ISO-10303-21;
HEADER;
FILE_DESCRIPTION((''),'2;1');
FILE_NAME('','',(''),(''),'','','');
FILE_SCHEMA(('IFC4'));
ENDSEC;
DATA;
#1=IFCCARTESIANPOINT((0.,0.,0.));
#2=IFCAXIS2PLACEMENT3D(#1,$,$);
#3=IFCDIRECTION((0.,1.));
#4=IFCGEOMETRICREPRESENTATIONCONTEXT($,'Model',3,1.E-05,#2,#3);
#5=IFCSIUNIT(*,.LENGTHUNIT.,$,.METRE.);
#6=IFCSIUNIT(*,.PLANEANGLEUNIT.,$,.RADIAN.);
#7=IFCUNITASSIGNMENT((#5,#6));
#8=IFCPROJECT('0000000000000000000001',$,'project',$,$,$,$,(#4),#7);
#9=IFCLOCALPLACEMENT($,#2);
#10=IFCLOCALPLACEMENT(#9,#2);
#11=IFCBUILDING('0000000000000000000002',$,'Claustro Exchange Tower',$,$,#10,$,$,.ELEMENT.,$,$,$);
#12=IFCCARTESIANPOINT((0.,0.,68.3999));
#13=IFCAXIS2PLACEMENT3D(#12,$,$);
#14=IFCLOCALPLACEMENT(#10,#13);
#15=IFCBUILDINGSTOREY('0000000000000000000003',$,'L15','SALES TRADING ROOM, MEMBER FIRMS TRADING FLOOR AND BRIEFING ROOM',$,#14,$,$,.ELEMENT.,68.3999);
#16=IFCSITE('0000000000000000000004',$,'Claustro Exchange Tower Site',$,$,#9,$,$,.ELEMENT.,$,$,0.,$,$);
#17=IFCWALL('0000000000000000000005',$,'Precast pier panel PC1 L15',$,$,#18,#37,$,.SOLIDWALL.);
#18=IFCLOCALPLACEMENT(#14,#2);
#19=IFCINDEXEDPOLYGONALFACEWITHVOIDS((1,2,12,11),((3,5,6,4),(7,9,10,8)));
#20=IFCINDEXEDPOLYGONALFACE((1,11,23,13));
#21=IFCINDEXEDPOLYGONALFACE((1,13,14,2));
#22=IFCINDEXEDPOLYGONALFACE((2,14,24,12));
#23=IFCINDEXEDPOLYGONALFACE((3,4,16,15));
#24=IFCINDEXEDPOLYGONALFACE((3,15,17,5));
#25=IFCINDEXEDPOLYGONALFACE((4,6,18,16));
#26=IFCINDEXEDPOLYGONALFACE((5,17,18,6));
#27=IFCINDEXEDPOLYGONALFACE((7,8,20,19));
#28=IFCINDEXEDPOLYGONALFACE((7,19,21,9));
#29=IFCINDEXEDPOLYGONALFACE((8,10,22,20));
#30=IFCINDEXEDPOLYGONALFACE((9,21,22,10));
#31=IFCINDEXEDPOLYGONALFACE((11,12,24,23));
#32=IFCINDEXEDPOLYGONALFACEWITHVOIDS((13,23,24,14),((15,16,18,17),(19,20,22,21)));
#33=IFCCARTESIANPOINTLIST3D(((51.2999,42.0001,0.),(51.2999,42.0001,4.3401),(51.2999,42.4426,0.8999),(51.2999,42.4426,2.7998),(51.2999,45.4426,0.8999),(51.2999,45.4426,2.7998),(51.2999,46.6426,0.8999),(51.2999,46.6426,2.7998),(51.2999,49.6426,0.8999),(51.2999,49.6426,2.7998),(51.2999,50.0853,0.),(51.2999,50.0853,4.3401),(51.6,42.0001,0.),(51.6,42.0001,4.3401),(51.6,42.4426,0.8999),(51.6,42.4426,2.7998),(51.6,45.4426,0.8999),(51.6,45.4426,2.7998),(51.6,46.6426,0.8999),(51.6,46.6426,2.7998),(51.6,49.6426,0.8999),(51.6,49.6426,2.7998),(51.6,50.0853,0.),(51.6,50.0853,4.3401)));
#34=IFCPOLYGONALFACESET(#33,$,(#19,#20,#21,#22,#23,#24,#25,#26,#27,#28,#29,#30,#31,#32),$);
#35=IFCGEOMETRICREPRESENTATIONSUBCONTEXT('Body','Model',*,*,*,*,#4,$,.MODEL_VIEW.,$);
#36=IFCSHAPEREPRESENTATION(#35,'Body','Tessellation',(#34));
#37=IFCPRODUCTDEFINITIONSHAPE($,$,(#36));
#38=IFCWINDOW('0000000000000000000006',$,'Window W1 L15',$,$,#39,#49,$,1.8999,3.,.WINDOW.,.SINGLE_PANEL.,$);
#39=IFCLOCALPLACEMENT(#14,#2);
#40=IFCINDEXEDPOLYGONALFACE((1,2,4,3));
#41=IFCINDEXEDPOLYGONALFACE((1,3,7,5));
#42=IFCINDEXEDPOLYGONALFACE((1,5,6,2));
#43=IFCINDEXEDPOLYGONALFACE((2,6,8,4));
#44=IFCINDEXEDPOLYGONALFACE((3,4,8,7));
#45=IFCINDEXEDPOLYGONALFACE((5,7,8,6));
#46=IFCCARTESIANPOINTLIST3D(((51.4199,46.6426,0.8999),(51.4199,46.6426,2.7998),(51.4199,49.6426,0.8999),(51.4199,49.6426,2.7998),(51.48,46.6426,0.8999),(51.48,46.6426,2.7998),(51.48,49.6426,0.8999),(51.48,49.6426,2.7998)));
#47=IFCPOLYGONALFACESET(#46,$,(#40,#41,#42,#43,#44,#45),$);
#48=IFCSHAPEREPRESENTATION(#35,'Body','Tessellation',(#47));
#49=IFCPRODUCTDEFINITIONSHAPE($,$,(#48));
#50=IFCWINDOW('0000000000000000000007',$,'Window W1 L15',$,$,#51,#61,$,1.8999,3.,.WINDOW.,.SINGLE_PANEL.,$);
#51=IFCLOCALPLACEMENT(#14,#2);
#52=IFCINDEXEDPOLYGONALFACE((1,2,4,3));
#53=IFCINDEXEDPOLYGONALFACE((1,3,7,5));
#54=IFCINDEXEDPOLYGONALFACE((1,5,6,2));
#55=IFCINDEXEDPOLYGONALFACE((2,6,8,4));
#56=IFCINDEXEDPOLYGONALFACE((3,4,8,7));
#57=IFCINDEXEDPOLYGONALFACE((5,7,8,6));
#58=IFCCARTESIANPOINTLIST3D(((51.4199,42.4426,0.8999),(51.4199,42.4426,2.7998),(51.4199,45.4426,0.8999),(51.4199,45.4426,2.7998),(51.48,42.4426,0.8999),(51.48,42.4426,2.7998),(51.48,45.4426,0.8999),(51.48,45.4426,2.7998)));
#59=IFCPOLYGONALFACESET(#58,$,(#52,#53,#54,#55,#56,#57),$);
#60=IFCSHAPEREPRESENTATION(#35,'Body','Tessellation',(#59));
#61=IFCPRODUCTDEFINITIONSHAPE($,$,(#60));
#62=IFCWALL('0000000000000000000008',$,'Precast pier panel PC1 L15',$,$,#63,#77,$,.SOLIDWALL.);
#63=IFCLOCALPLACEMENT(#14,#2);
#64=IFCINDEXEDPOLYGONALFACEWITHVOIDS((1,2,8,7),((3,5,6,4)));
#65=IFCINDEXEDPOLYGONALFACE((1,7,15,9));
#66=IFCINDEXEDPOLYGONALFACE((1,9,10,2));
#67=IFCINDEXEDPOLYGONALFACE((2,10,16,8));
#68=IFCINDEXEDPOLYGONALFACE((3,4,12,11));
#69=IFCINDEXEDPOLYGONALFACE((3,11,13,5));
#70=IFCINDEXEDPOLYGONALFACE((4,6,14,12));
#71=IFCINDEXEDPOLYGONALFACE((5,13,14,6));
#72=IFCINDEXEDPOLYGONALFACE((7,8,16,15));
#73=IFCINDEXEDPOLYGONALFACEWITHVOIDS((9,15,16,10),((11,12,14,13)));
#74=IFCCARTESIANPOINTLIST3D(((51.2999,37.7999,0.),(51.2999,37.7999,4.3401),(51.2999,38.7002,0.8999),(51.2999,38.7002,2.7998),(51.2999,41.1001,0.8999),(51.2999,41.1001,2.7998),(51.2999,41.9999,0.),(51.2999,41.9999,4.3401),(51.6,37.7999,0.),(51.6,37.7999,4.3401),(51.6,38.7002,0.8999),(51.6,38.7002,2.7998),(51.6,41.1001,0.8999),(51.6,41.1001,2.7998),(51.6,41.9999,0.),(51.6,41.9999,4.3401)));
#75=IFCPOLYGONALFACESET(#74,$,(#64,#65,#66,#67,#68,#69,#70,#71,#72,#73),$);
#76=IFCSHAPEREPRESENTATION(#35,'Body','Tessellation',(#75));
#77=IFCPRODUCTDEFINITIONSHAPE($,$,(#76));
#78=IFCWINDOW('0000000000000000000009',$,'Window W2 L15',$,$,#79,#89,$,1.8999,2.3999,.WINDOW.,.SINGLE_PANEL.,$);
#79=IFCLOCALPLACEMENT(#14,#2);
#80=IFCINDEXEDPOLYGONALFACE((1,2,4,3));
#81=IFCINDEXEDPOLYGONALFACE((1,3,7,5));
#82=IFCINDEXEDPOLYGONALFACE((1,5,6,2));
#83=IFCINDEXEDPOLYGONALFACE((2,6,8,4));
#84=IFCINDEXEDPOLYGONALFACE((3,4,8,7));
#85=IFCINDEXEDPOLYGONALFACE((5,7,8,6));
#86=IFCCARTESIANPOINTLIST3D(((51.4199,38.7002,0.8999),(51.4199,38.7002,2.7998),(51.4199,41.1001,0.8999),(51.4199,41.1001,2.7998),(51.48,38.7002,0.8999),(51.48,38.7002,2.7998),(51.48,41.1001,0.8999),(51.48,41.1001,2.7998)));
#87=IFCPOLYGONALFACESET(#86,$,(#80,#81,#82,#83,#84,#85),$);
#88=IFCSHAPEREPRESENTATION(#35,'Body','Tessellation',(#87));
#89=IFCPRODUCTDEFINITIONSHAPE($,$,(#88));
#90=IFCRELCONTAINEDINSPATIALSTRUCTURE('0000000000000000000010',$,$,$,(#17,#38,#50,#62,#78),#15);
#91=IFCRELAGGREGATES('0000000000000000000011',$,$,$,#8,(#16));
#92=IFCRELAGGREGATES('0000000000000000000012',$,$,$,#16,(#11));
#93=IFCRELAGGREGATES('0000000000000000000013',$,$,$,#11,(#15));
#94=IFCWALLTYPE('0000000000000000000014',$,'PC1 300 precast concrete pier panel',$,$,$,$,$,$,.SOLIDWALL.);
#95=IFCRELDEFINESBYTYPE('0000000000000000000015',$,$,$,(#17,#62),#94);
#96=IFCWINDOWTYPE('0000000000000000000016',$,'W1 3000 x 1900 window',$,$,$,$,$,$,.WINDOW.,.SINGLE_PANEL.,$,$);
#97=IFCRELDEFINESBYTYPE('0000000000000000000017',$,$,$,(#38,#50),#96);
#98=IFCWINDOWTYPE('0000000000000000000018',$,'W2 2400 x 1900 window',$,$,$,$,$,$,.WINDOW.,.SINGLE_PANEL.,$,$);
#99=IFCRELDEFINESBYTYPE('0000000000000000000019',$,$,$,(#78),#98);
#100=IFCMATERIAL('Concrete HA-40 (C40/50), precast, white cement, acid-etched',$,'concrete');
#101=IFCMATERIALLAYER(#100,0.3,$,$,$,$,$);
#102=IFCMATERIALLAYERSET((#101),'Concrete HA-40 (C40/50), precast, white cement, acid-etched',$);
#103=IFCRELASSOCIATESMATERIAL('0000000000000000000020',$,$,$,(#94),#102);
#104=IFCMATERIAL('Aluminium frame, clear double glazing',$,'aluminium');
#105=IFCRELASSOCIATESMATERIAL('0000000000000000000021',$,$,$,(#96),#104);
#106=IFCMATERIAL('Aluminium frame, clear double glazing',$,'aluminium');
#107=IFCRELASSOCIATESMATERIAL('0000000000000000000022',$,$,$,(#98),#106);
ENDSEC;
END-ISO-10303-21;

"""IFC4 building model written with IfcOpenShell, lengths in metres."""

from ifc_helpers import new_model, si_unit, direction, frame, frame_2d, origin, place, context, subcontext, project, spatial, rectangle, extrude, material, layer, layer_set, type_object, element, fill, save


model = new_model("IFC4")

# Units and contexts
model_context = context("Model", 3, precision=1e-05, world=origin(), true_north=direction((0.0, 1.0)))
body_context = subcontext(model_context, "Body", "Model", "MODEL_VIEW")
ifc_project = project(units=[si_unit("LENGTHUNIT", "METRE"), si_unit("PLANEANGLEUNIT", "RADIAN")], contexts=[model_context])

# Site, building, storey
site_placement = place(None, origin())
site = spatial("IfcSite", under=ifc_project, at=site_placement, Name="Claustro Exchange Tower Site", CompositionType="ELEMENT", RefElevation=0.0)
building_placement = place(site_placement, origin())
building = spatial("IfcBuilding", under=site, at=building_placement, Name="Claustro Exchange Tower", CompositionType="ELEMENT")
storey_placement = place(building_placement, frame((0.0, 0.0, 68.3999)))
storey = spatial("IfcBuildingStorey", under=building, at=storey_placement, Name="L15", Description="SALES TRADING ROOM, MEMBER FIRMS TRADING FLOOR AND BRIEFING ROOM", CompositionType="ELEMENT", Elevation=68.3999)

# Shared definitions
ifc_material_1 = material(Name="Concrete HA-40 (C40/50), precast, white cement, acid-etched", Category="concrete")
ifc_layer_1 = layer(ifc_material_1, 0.3)
ifc_layer_set_1 = layer_set([ifc_layer_1], Name="Concrete HA-40 (C40/50), precast, white cement, acid-etched")
wall_type_1 = type_object("IfcWallType", Name="PC1 300 precast concrete pier panel", PredefinedType="SOLIDWALL", material=ifc_layer_set_1)
ifc_material_2 = material(Name="Aluminium frame, clear double glazing", Category="aluminium")
window_type_1 = type_object("IfcWindowType", Name="W1 3000 x 1900 window", PartitioningType="SINGLE_PANEL", PredefinedType="WINDOW", material=ifc_material_2)

# Wall, openings, windows
wall_1_placement = place(storey_placement, frame((51.45, 50.0852, 0.0), z_axis=(0.0, 0.0, 1.0), x_axis=(0.0, -1.0, 0.0)))
wall_1 = element("IfcWall", 1, at=wall_1_placement, inside=storey, type_object=wall_type_1, Name="Precast pier panel PC1 L15", PredefinedType="SOLIDWALL", context=body_context, shape_type="SweptSolid", body=[
    extrude(rectangle(XDim=8.0852, YDim=0.3, at=frame_2d((4.0425, 0.0))), origin(), (0.0, 0.0, 1.0), 4.3401),
])
opening_1_placement = place(wall_1_placement, frame((0.4426, 0.0, 0.8999)))
opening_1 = element("IfcOpeningElement", 2, at=opening_1_placement, cuts=wall_1, PredefinedType="OPENING", context=body_context, shape_type="SweptSolid", body=[
    extrude(rectangle(XDim=3.0, YDim=1.8999, at=frame_2d((1.5, 0.95))), frame((0.0, 0.1599, 0.0), z_axis=(0.0, -1.0, 0.0), x_axis=(1.0, 0.0, 0.0)), (0.0, 0.0, 1.0), 0.3201),
])
opening_2_placement = place(wall_1_placement, frame((4.6426, 0.0, 0.8999)))
opening_2 = element("IfcOpeningElement", 3, at=opening_2_placement, cuts=wall_1, PredefinedType="OPENING", context=body_context, shape_type="SweptSolid", body=[
    extrude(rectangle(XDim=3.0, YDim=1.8999, at=frame_2d((1.5, 0.95))), frame((0.0, 0.1599, 0.0), z_axis=(0.0, -1.0, 0.0), x_axis=(1.0, 0.0, 0.0)), (0.0, 0.0, 1.0), 0.3201),
])
window_1_placement = place(opening_1_placement, origin())
window_1 = element("IfcWindow", 4, at=window_1_placement, inside=storey, type_object=window_type_1, Name="Window W1 L15", OverallHeight=1.8999, OverallWidth=3.0, PartitioningType="SINGLE_PANEL", PredefinedType="WINDOW", context=body_context, shape_type="SweptSolid", body=[
    extrude(rectangle(XDim=3.0, YDim=1.8999, at=frame_2d((1.5, 0.95))), frame((0.0, 0.03, 0.0), z_axis=(0.0, -1.0, 0.0), x_axis=(1.0, 0.0, 0.0)), (0.0, 0.0, 1.0), 0.0601),
])
fill(opening_1, window_1)
window_2_placement = place(opening_2_placement, origin())
window_2 = element("IfcWindow", 5, at=window_2_placement, inside=storey, type_object=window_type_1, Name="Window W1 L15", OverallHeight=1.8999, OverallWidth=3.0, PartitioningType="SINGLE_PANEL", PredefinedType="WINDOW", context=body_context, shape_type="SweptSolid", body=[
    extrude(rectangle(XDim=3.0, YDim=1.8999, at=frame_2d((1.5, 0.95))), frame((0.0, 0.03, 0.0), z_axis=(0.0, -1.0, 0.0), x_axis=(1.0, 0.0, 0.0)), (0.0, 0.0, 1.0), 0.0601),
])
fill(opening_2, window_2)

# Wall, opening, window
wall_2_placement = place(storey_placement, frame((51.45, 42.0, 0.0), z_axis=(0.0, 0.0, 1.0), x_axis=(0.0, -1.0, 0.0)))
wall_2 = element("IfcWall", 6, at=wall_2_placement, inside=storey, type_object=wall_type_1, Name="Precast pier panel PC1 L15", PredefinedType="SOLIDWALL", context=body_context, shape_type="SweptSolid", body=[
    extrude(rectangle(XDim=4.2, YDim=0.3, at=frame_2d((2.1001, 0.0))), origin(), (0.0, 0.0, 1.0), 4.3401),
])
opening_3_placement = place(wall_2_placement, frame((0.8999, 0.0, 0.8999)))
opening_3 = element("IfcOpeningElement", 7, at=opening_3_placement, cuts=wall_2, PredefinedType="OPENING", context=body_context, shape_type="SweptSolid", body=[
    extrude(rectangle(XDim=2.3999, YDim=1.8999, at=frame_2d((1.2, 0.95))), frame((0.0, 0.1599, 0.0), z_axis=(0.0, -1.0, 0.0), x_axis=(1.0, 0.0, 0.0)), (0.0, 0.0, 1.0), 0.3201),
])
ifc_material_3 = material(Name="Aluminium frame, clear double glazing", Category="aluminium")
window_type_2 = type_object("IfcWindowType", Name="W2 2400 x 1900 window", PartitioningType="SINGLE_PANEL", PredefinedType="WINDOW", material=ifc_material_3)
window_3_placement = place(opening_3_placement, origin())
window_3 = element("IfcWindow", 8, at=window_3_placement, inside=storey, type_object=window_type_2, Name="Window W2 L15", OverallHeight=1.8999, OverallWidth=2.3999, PartitioningType="SINGLE_PANEL", PredefinedType="WINDOW", context=body_context, shape_type="SweptSolid", body=[
    extrude(rectangle(XDim=2.3999, YDim=1.8999, at=frame_2d((1.2, 0.95))), frame((0.0, 0.03, 0.0), z_axis=(0.0, -1.0, 0.0), x_axis=(1.0, 0.0, 0.0)), (0.0, 0.0, 1.0), 0.0601),
])
fill(opening_3, window_3)

save(model, "model.ifc")
